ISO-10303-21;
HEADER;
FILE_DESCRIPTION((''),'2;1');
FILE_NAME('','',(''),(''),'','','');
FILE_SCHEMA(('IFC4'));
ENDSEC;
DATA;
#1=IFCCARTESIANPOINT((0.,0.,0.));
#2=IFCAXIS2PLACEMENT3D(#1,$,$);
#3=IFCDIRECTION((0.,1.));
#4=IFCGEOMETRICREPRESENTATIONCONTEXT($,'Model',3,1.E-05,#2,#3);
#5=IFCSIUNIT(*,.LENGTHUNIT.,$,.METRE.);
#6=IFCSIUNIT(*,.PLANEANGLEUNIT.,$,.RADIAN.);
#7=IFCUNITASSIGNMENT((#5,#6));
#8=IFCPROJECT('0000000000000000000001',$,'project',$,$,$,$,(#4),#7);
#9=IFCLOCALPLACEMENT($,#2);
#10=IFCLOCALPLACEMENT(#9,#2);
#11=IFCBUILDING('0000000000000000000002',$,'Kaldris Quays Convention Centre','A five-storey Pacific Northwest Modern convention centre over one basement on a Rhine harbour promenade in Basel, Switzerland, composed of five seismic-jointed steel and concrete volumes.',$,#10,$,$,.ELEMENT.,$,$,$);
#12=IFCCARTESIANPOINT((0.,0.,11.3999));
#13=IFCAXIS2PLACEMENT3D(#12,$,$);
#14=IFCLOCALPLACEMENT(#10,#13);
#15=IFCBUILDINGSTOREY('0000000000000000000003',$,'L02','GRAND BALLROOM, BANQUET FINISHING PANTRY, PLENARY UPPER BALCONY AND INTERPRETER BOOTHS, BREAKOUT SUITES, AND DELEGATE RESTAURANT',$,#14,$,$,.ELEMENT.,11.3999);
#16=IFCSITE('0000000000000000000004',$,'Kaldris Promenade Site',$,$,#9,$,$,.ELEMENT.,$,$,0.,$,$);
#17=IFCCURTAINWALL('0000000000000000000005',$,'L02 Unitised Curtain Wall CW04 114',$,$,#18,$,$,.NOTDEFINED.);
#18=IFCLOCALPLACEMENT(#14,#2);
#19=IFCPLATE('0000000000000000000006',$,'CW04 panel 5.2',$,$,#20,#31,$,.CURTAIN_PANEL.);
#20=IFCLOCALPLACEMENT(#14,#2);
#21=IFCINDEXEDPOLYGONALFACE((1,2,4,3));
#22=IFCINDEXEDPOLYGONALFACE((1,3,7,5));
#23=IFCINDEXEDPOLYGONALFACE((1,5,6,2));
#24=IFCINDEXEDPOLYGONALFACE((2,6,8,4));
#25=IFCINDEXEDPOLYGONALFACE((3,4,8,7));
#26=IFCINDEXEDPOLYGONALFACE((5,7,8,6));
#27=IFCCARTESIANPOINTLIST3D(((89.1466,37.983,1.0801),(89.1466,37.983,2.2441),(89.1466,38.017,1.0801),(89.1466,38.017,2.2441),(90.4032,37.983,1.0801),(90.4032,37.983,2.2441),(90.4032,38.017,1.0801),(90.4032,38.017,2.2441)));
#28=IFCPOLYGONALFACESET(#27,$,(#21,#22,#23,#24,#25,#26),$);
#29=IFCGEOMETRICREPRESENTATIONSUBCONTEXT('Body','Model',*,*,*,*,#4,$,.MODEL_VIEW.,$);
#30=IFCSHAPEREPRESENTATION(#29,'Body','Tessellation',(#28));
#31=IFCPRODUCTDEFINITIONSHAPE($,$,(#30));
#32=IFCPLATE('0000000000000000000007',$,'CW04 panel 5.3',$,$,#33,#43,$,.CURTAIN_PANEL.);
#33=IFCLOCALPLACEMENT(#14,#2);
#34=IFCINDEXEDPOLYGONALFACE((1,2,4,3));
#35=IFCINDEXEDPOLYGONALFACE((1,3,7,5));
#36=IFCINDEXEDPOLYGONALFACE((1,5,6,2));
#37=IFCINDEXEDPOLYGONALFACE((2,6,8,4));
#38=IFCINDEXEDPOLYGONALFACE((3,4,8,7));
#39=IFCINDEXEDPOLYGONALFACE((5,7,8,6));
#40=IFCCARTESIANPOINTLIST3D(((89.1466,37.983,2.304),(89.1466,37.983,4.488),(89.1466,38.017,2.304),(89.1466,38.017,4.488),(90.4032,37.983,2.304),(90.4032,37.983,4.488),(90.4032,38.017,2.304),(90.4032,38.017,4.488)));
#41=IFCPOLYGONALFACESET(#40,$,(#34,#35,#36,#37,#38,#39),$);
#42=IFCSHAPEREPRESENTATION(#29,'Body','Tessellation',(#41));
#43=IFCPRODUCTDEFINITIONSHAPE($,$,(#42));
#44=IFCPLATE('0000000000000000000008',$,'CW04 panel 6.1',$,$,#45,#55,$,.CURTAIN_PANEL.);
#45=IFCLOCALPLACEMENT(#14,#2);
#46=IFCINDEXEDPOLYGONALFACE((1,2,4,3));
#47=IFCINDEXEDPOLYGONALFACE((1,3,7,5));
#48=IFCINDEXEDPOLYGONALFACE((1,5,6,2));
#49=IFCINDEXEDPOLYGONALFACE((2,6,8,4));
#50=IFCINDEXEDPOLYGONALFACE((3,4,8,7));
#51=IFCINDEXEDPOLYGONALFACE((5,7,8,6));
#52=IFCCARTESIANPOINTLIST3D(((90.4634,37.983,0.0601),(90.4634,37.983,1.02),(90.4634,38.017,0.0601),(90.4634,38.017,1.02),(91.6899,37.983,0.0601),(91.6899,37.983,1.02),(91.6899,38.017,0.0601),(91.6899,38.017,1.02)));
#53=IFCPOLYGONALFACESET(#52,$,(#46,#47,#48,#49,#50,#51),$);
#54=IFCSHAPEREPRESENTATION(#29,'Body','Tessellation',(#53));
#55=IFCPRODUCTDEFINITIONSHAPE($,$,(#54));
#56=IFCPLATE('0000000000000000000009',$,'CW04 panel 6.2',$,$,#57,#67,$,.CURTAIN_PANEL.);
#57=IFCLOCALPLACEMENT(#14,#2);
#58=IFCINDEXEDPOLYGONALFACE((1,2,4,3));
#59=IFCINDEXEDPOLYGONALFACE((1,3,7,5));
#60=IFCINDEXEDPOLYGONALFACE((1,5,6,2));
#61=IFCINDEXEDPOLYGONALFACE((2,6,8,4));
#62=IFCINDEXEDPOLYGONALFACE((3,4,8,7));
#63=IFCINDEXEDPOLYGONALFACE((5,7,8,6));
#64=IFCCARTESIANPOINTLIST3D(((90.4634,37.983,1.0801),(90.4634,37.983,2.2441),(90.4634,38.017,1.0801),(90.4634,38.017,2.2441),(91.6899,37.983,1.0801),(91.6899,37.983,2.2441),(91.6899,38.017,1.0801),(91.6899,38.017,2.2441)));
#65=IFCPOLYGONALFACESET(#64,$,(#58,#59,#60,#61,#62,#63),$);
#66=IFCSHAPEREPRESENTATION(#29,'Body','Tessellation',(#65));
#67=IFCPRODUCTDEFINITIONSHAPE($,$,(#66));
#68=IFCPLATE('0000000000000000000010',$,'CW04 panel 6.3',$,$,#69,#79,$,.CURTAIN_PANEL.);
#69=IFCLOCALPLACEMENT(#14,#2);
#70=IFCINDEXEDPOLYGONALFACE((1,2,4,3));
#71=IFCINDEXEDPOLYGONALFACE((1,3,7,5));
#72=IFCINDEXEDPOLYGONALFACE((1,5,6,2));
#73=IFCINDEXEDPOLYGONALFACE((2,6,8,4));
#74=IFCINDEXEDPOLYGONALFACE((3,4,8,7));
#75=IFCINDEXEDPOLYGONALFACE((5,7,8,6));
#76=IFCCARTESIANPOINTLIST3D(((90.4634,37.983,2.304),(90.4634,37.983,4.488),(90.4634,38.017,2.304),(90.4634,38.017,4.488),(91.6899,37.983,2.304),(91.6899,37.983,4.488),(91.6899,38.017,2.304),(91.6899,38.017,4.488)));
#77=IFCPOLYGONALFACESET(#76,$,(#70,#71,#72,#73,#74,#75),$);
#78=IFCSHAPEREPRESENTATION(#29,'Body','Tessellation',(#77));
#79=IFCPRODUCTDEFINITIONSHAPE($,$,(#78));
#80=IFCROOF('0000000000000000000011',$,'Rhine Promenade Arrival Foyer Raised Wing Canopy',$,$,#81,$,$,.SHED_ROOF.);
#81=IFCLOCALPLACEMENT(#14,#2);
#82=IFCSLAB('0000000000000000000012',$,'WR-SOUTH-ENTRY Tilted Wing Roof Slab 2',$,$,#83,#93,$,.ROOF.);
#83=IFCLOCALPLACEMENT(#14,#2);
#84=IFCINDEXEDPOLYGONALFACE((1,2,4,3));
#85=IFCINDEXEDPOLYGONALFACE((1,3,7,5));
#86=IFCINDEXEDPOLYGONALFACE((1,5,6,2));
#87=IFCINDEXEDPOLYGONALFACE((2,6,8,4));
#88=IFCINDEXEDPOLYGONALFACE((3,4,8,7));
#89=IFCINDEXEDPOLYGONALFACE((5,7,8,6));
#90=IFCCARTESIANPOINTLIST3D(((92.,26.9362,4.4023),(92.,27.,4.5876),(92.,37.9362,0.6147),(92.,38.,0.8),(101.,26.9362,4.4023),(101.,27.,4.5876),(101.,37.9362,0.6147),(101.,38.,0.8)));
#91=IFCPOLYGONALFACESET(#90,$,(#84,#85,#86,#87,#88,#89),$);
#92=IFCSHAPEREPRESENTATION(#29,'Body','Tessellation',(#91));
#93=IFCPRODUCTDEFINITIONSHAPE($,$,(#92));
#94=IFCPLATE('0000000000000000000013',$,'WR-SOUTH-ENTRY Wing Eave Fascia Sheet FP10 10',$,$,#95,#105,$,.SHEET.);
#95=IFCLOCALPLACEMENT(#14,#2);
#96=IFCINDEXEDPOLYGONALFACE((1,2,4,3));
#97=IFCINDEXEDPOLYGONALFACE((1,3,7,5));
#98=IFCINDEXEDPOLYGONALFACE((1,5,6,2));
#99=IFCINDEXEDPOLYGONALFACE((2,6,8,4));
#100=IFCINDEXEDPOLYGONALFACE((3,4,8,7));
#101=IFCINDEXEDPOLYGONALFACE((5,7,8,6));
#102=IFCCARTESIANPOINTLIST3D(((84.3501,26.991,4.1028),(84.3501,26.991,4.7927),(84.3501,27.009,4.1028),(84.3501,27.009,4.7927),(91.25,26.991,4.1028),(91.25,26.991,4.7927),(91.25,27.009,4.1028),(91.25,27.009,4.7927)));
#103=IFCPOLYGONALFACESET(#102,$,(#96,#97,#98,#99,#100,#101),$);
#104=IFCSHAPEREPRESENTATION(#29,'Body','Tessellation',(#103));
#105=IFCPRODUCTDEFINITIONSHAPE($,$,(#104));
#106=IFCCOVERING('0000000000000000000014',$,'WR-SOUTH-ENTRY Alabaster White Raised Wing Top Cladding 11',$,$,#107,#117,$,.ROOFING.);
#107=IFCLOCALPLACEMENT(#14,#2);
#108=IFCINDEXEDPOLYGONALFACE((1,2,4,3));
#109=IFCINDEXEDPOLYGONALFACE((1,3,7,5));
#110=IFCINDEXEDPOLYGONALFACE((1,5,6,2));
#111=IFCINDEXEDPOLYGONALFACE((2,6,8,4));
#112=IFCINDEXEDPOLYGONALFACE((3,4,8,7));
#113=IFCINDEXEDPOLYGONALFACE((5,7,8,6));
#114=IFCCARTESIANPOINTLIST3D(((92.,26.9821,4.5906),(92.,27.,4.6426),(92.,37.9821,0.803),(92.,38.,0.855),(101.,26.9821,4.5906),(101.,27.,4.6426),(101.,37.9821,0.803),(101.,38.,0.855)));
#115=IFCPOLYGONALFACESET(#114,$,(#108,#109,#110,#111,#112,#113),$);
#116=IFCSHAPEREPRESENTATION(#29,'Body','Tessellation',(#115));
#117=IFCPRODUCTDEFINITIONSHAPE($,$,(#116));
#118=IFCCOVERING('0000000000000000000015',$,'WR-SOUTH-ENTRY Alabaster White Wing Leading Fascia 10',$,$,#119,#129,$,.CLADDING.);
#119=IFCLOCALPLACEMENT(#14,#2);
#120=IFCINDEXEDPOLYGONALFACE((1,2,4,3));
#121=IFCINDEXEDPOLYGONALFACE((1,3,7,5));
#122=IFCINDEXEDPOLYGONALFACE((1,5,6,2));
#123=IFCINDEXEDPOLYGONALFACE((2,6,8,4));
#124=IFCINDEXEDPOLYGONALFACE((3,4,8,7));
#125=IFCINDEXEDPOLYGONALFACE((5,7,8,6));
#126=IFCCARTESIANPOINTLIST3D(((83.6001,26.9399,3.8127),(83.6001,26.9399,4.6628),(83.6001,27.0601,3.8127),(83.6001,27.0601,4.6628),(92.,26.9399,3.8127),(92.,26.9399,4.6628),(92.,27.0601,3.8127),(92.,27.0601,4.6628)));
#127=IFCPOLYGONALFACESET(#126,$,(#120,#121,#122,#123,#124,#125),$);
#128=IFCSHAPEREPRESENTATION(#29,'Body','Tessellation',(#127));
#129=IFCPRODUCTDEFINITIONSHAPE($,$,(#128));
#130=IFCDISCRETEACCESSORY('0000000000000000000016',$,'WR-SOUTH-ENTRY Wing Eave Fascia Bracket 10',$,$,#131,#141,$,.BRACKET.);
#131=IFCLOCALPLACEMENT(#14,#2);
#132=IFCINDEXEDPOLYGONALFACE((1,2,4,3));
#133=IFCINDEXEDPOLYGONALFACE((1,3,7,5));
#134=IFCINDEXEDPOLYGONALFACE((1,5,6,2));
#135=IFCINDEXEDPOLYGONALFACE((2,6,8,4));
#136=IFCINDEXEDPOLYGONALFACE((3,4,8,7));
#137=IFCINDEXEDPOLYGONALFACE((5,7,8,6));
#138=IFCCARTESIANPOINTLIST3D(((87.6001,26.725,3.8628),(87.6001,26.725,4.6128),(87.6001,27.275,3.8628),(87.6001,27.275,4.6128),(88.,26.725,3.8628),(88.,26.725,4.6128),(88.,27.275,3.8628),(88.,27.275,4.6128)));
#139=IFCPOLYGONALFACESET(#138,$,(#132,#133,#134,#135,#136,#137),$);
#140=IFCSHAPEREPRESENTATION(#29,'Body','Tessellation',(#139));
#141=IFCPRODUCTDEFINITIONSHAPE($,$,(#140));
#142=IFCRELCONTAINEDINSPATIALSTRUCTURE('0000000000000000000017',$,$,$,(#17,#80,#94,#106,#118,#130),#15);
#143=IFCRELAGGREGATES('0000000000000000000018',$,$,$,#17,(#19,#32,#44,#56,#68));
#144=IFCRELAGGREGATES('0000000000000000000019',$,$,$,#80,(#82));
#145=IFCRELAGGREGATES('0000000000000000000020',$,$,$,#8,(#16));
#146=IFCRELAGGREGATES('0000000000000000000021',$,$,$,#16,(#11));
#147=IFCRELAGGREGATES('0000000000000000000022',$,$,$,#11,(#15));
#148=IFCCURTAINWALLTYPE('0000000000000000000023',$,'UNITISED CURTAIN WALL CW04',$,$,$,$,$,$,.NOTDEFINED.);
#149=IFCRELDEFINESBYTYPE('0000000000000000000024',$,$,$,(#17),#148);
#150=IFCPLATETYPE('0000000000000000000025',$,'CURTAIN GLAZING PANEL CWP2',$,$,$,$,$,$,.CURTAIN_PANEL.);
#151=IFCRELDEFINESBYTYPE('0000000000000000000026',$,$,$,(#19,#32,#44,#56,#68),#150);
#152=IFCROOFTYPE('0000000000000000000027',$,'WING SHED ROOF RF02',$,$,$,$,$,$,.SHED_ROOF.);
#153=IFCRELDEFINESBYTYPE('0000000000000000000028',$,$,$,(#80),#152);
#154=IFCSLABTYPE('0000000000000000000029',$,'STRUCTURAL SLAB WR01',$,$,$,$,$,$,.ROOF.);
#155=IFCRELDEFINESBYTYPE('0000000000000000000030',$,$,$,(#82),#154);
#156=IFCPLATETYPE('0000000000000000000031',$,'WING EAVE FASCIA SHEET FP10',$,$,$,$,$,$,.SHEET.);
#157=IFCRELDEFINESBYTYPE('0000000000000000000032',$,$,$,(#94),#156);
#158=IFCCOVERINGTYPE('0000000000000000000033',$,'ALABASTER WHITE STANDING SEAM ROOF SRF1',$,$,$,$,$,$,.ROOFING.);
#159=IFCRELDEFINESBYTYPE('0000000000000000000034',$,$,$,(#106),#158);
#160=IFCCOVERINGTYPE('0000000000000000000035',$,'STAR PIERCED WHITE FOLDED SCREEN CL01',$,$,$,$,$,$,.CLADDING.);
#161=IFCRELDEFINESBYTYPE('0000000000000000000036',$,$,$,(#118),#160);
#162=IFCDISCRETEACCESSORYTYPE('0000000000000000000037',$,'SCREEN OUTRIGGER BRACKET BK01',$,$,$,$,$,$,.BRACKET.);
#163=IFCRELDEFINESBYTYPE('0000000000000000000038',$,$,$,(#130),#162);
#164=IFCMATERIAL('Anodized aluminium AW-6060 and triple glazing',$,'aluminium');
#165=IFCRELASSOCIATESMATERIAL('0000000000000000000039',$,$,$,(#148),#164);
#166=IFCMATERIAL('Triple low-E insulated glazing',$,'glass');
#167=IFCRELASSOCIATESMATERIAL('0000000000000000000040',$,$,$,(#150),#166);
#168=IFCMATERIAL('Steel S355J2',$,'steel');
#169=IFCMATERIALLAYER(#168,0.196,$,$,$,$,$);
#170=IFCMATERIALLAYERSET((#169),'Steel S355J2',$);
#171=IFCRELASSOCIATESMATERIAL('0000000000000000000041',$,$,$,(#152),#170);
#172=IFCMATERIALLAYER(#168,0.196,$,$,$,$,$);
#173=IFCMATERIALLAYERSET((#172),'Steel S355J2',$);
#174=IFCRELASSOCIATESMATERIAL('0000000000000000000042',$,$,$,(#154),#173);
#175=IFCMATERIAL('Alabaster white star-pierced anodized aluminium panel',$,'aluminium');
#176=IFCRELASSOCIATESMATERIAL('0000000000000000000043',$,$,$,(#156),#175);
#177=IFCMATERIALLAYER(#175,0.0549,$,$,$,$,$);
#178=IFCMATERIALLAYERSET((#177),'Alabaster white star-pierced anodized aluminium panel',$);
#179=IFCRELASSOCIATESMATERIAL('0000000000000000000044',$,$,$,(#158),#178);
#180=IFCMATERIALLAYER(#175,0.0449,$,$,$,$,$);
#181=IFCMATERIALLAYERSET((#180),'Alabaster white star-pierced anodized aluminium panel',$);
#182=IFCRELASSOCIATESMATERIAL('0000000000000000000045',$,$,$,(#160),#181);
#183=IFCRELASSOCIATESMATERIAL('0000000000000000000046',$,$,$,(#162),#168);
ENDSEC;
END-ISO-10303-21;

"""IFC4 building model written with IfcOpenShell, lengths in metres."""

from ifc_helpers import new_model, si_unit, direction, frame, origin, origin_2d, place, context, subcontext, project, spatial, polyline, rectangle, outline, extrude, material, layer, layer_set, type_object, element, aggregate, save


model = new_model("IFC4")

# Units and contexts
model_context = context("Model", 3, precision=1e-05, world=origin(), true_north=direction((0.0, 1.0)))
body_context = subcontext(model_context, "Body", "Model", "MODEL_VIEW")
ifc_project = project(units=[si_unit("LENGTHUNIT", "METRE"), si_unit("PLANEANGLEUNIT", "RADIAN")], contexts=[model_context])

# Site, building, storey
site_placement = place(None, origin())
site = spatial("IfcSite", under=ifc_project, at=site_placement, Name="Kaldris Promenade Site", CompositionType="ELEMENT", RefElevation=0.0)
building_placement = place(site_placement, origin())
building = spatial("IfcBuilding", under=site, at=building_placement, Name="Kaldris Quays Convention Centre", Description="A five-storey Pacific Northwest Modern convention centre over one basement on a Rhine harbour promenade in Basel, Switzerland, composed of five seismic-jointed steel and concrete volumes.", CompositionType="ELEMENT")
storey_placement = place(building_placement, frame((0.0, 0.0, 11.3999)))
storey = spatial("IfcBuildingStorey", under=building, at=storey_placement, Name="L02", Description="GRAND BALLROOM, BANQUET FINISHING PANTRY, PLENARY UPPER BALCONY AND INTERPRETER BOOTHS, BREAKOUT SUITES, AND DELEGATE RESTAURANT", CompositionType="ELEMENT", Elevation=11.3999)

# Curtain wall
ifc_material_1 = material(Name="Anodized aluminium AW-6060 and triple glazing", Category="aluminium")
curtain_wall_type = type_object("IfcCurtainWallType", Name="UNITISED CURTAIN WALL CW04", PredefinedType="NOTDEFINED", material=ifc_material_1)
curtain_wall_placement = place(storey_placement, origin())
curtain_wall = element("IfcCurtainWall", 1, at=curtain_wall_placement, inside=storey, type_object=curtain_wall_type, Name="L02 Unitised Curtain Wall CW04 114", PredefinedType="NOTDEFINED")

# Plates
ifc_material_2 = material(Name="Triple low-E insulated glazing", Category="glass")
plate_type_1 = type_object("IfcPlateType", Name="CURTAIN GLAZING PANEL CWP2", PredefinedType="CURTAIN_PANEL", material=ifc_material_2)
plate_1_placement = place(storey_placement, frame((89.7749, 38.0, 1.0801), z_axis=(0.0, 0.0, 1.0), x_axis=(1.0, 0.0, 0.0)))
plate_1 = element("IfcPlate", 2, at=plate_1_placement, type_object=plate_type_1, Name="CW04 panel 5.2", PredefinedType="CURTAIN_PANEL", context=body_context, shape_type="SweptSolid", body=[
    extrude(rectangle(XDim=1.2566, YDim=0.0339, at=origin_2d()), origin(), (0.0, 0.0, 1.0), 1.1641),
])
plate_2_placement = place(storey_placement, frame((89.7749, 38.0, 2.304), z_axis=(0.0, 0.0, 1.0), x_axis=(1.0, 0.0, 0.0)))
plate_2 = element("IfcPlate", 3, at=plate_2_placement, type_object=plate_type_1, Name="CW04 panel 5.3", PredefinedType="CURTAIN_PANEL", context=body_context, shape_type="SweptSolid", body=[
    extrude(rectangle(XDim=1.2566, YDim=0.0339, at=origin_2d()), origin(), (0.0, 0.0, 1.0), 2.1841),
])
plate_3_placement = place(storey_placement, frame((91.0767, 38.0, 0.0601), z_axis=(0.0, 0.0, 1.0), x_axis=(1.0, 0.0, 0.0)))
plate_3 = element("IfcPlate", 4, at=plate_3_placement, type_object=plate_type_1, Name="CW04 panel 6.1", PredefinedType="CURTAIN_PANEL", context=body_context, shape_type="SweptSolid", body=[
    extrude(rectangle(XDim=1.2266, YDim=0.0339, at=origin_2d()), origin(), (0.0, 0.0, 1.0), 0.96),
])
plate_4_placement = place(storey_placement, frame((91.0767, 38.0, 1.0801), z_axis=(0.0, 0.0, 1.0), x_axis=(1.0, 0.0, 0.0)))
plate_4 = element("IfcPlate", 5, at=plate_4_placement, type_object=plate_type_1, Name="CW04 panel 6.2", PredefinedType="CURTAIN_PANEL", context=body_context, shape_type="SweptSolid", body=[
    extrude(rectangle(XDim=1.2266, YDim=0.0339, at=origin_2d()), origin(), (0.0, 0.0, 1.0), 1.1641),
])
plate_5_placement = place(storey_placement, frame((91.0767, 38.0, 2.304), z_axis=(0.0, 0.0, 1.0), x_axis=(1.0, 0.0, 0.0)))
plate_5 = element("IfcPlate", 6, at=plate_5_placement, type_object=plate_type_1, Name="CW04 panel 6.3", PredefinedType="CURTAIN_PANEL", context=body_context, shape_type="SweptSolid", body=[
    extrude(rectangle(XDim=1.2266, YDim=0.0339, at=origin_2d()), origin(), (0.0, 0.0, 1.0), 2.1841),
])
aggregate(curtain_wall, [plate_1, plate_2, plate_3, plate_4, plate_5])

# Roof, slab
ifc_material_3 = material(Name="Steel S355J2", Category="steel")
ifc_layer_1 = layer(ifc_material_3, 0.196)
ifc_layer_set_1 = layer_set([ifc_layer_1], Name="Steel S355J2")
roof_type = type_object("IfcRoofType", Name="WING SHED ROOF RF02", PredefinedType="SHED_ROOF", material=ifc_layer_set_1)
roof_placement = place(storey_placement, origin())
roof = element("IfcRoof", 7, at=roof_placement, inside=storey, type_object=roof_type, Name="Rhine Promenade Arrival Foyer Raised Wing Canopy", PredefinedType="SHED_ROOF")
ifc_layer_2 = layer(ifc_material_3, 0.196)
ifc_layer_set_2 = layer_set([ifc_layer_2], Name="Steel S355J2")
slab_type = type_object("IfcSlabType", Name="STRUCTURAL SLAB WR01", PredefinedType="ROOF", material=ifc_layer_set_2)
slab_placement = place(storey_placement, frame((92.0, 27.0, 4.5876), z_axis=(0.0, 0.325568, 0.945519), x_axis=(1.0, 0.0, 0.0)))
slab = element("IfcSlab", 8, at=slab_placement, type_object=slab_type, Name="WR-SOUTH-ENTRY Tilted Wing Roof Slab 2", PredefinedType="ROOF", context=body_context, shape_type="SweptSolid", body=[
    extrude(outline(polyline([(0.0, 0.0), (9.0, 0.0), (9.0, 11.6338), (0.0, 11.6338), (0.0, 0.0)])), origin(), (0.0, 0.0, -1.0), 0.196),
])
aggregate(roof, [slab])

# Plate
ifc_material_4 = material(Name="Alabaster white star-pierced anodized aluminium panel", Category="aluminium")
plate_type_2 = type_object("IfcPlateType", Name="WING EAVE FASCIA SHEET FP10", PredefinedType="SHEET", material=ifc_material_4)
plate_6_placement = place(storey_placement, frame((87.8, 27.0, 4.1028), z_axis=(0.0, 0.0, 1.0), x_axis=(1.0, 0.0, 0.0)))
element("IfcPlate", 9, at=plate_6_placement, inside=storey, type_object=plate_type_2, Name="WR-SOUTH-ENTRY Wing Eave Fascia Sheet FP10 10", PredefinedType="SHEET", context=body_context, shape_type="SweptSolid", body=[
    extrude(rectangle(XDim=6.8999, YDim=0.0181, at=origin_2d()), origin(), (0.0, 0.0, 1.0), 0.6899),
])

# Coverings
ifc_layer_3 = layer(ifc_material_4, 0.0549)
ifc_layer_set_3 = layer_set([ifc_layer_3], Name="Alabaster white star-pierced anodized aluminium panel")
covering_type_1 = type_object("IfcCoveringType", Name="ALABASTER WHITE STANDING SEAM ROOF SRF1", PredefinedType="ROOFING", material=ifc_layer_set_3)
covering_1_placement = place(storey_placement, frame((92.0, 27.0, 4.6426), z_axis=(0.0, 0.325568, 0.945519), x_axis=(1.0, 0.0, 0.0)))
element("IfcCovering", 10, at=covering_1_placement, inside=storey, type_object=covering_type_1, Name="WR-SOUTH-ENTRY Alabaster White Raised Wing Top Cladding 11", PredefinedType="ROOFING", context=body_context, shape_type="SweptSolid", body=[
    extrude(outline(polyline([(0.0, 0.0), (9.0, 0.0), (9.0, 11.6338), (0.0, 11.6338), (0.0, 0.0)])), origin(), (0.0, 0.0, -1.0), 0.0549),
])
ifc_layer_4 = layer(ifc_material_4, 0.0449)
ifc_layer_set_4 = layer_set([ifc_layer_4], Name="Alabaster white star-pierced anodized aluminium panel")
covering_type_2 = type_object("IfcCoveringType", Name="STAR PIERCED WHITE FOLDED SCREEN CL01", PredefinedType="CLADDING", material=ifc_layer_set_4)
covering_2_placement = place(storey_placement, frame((87.8, 27.0, 3.8127), z_axis=(0.0, 0.0, 1.0), x_axis=(1.0, 0.0, 0.0)))
element("IfcCovering", 11, at=covering_2_placement, inside=storey, type_object=covering_type_2, Name="WR-SOUTH-ENTRY Alabaster White Wing Leading Fascia 10", PredefinedType="CLADDING", context=body_context, shape_type="SweptSolid", body=[
    extrude(rectangle(XDim=8.3999, YDim=0.1201, at=origin_2d()), origin(), (0.0, 0.0, 1.0), 0.8501),
])

# Discrete accessory
discrete_accessory_type = type_object("IfcDiscreteAccessoryType", Name="SCREEN OUTRIGGER BRACKET BK01", PredefinedType="BRACKET", material=ifc_material_3)
discrete_accessory_placement = place(storey_placement, frame((87.8, 27.0, 3.8628), z_axis=(0.0, 0.0, 1.0), x_axis=(1.0, 0.0, 0.0)))
element("IfcDiscreteAccessory", 12, at=discrete_accessory_placement, inside=storey, type_object=discrete_accessory_type, Name="WR-SOUTH-ENTRY Wing Eave Fascia Bracket 10", PredefinedType="BRACKET", context=body_context, shape_type="SweptSolid", body=[
    extrude(rectangle(XDim=0.3999, YDim=0.55, at=origin_2d()), origin(), (0.0, 0.0, 1.0), 0.75),
])

save(model, "model.ifc")
